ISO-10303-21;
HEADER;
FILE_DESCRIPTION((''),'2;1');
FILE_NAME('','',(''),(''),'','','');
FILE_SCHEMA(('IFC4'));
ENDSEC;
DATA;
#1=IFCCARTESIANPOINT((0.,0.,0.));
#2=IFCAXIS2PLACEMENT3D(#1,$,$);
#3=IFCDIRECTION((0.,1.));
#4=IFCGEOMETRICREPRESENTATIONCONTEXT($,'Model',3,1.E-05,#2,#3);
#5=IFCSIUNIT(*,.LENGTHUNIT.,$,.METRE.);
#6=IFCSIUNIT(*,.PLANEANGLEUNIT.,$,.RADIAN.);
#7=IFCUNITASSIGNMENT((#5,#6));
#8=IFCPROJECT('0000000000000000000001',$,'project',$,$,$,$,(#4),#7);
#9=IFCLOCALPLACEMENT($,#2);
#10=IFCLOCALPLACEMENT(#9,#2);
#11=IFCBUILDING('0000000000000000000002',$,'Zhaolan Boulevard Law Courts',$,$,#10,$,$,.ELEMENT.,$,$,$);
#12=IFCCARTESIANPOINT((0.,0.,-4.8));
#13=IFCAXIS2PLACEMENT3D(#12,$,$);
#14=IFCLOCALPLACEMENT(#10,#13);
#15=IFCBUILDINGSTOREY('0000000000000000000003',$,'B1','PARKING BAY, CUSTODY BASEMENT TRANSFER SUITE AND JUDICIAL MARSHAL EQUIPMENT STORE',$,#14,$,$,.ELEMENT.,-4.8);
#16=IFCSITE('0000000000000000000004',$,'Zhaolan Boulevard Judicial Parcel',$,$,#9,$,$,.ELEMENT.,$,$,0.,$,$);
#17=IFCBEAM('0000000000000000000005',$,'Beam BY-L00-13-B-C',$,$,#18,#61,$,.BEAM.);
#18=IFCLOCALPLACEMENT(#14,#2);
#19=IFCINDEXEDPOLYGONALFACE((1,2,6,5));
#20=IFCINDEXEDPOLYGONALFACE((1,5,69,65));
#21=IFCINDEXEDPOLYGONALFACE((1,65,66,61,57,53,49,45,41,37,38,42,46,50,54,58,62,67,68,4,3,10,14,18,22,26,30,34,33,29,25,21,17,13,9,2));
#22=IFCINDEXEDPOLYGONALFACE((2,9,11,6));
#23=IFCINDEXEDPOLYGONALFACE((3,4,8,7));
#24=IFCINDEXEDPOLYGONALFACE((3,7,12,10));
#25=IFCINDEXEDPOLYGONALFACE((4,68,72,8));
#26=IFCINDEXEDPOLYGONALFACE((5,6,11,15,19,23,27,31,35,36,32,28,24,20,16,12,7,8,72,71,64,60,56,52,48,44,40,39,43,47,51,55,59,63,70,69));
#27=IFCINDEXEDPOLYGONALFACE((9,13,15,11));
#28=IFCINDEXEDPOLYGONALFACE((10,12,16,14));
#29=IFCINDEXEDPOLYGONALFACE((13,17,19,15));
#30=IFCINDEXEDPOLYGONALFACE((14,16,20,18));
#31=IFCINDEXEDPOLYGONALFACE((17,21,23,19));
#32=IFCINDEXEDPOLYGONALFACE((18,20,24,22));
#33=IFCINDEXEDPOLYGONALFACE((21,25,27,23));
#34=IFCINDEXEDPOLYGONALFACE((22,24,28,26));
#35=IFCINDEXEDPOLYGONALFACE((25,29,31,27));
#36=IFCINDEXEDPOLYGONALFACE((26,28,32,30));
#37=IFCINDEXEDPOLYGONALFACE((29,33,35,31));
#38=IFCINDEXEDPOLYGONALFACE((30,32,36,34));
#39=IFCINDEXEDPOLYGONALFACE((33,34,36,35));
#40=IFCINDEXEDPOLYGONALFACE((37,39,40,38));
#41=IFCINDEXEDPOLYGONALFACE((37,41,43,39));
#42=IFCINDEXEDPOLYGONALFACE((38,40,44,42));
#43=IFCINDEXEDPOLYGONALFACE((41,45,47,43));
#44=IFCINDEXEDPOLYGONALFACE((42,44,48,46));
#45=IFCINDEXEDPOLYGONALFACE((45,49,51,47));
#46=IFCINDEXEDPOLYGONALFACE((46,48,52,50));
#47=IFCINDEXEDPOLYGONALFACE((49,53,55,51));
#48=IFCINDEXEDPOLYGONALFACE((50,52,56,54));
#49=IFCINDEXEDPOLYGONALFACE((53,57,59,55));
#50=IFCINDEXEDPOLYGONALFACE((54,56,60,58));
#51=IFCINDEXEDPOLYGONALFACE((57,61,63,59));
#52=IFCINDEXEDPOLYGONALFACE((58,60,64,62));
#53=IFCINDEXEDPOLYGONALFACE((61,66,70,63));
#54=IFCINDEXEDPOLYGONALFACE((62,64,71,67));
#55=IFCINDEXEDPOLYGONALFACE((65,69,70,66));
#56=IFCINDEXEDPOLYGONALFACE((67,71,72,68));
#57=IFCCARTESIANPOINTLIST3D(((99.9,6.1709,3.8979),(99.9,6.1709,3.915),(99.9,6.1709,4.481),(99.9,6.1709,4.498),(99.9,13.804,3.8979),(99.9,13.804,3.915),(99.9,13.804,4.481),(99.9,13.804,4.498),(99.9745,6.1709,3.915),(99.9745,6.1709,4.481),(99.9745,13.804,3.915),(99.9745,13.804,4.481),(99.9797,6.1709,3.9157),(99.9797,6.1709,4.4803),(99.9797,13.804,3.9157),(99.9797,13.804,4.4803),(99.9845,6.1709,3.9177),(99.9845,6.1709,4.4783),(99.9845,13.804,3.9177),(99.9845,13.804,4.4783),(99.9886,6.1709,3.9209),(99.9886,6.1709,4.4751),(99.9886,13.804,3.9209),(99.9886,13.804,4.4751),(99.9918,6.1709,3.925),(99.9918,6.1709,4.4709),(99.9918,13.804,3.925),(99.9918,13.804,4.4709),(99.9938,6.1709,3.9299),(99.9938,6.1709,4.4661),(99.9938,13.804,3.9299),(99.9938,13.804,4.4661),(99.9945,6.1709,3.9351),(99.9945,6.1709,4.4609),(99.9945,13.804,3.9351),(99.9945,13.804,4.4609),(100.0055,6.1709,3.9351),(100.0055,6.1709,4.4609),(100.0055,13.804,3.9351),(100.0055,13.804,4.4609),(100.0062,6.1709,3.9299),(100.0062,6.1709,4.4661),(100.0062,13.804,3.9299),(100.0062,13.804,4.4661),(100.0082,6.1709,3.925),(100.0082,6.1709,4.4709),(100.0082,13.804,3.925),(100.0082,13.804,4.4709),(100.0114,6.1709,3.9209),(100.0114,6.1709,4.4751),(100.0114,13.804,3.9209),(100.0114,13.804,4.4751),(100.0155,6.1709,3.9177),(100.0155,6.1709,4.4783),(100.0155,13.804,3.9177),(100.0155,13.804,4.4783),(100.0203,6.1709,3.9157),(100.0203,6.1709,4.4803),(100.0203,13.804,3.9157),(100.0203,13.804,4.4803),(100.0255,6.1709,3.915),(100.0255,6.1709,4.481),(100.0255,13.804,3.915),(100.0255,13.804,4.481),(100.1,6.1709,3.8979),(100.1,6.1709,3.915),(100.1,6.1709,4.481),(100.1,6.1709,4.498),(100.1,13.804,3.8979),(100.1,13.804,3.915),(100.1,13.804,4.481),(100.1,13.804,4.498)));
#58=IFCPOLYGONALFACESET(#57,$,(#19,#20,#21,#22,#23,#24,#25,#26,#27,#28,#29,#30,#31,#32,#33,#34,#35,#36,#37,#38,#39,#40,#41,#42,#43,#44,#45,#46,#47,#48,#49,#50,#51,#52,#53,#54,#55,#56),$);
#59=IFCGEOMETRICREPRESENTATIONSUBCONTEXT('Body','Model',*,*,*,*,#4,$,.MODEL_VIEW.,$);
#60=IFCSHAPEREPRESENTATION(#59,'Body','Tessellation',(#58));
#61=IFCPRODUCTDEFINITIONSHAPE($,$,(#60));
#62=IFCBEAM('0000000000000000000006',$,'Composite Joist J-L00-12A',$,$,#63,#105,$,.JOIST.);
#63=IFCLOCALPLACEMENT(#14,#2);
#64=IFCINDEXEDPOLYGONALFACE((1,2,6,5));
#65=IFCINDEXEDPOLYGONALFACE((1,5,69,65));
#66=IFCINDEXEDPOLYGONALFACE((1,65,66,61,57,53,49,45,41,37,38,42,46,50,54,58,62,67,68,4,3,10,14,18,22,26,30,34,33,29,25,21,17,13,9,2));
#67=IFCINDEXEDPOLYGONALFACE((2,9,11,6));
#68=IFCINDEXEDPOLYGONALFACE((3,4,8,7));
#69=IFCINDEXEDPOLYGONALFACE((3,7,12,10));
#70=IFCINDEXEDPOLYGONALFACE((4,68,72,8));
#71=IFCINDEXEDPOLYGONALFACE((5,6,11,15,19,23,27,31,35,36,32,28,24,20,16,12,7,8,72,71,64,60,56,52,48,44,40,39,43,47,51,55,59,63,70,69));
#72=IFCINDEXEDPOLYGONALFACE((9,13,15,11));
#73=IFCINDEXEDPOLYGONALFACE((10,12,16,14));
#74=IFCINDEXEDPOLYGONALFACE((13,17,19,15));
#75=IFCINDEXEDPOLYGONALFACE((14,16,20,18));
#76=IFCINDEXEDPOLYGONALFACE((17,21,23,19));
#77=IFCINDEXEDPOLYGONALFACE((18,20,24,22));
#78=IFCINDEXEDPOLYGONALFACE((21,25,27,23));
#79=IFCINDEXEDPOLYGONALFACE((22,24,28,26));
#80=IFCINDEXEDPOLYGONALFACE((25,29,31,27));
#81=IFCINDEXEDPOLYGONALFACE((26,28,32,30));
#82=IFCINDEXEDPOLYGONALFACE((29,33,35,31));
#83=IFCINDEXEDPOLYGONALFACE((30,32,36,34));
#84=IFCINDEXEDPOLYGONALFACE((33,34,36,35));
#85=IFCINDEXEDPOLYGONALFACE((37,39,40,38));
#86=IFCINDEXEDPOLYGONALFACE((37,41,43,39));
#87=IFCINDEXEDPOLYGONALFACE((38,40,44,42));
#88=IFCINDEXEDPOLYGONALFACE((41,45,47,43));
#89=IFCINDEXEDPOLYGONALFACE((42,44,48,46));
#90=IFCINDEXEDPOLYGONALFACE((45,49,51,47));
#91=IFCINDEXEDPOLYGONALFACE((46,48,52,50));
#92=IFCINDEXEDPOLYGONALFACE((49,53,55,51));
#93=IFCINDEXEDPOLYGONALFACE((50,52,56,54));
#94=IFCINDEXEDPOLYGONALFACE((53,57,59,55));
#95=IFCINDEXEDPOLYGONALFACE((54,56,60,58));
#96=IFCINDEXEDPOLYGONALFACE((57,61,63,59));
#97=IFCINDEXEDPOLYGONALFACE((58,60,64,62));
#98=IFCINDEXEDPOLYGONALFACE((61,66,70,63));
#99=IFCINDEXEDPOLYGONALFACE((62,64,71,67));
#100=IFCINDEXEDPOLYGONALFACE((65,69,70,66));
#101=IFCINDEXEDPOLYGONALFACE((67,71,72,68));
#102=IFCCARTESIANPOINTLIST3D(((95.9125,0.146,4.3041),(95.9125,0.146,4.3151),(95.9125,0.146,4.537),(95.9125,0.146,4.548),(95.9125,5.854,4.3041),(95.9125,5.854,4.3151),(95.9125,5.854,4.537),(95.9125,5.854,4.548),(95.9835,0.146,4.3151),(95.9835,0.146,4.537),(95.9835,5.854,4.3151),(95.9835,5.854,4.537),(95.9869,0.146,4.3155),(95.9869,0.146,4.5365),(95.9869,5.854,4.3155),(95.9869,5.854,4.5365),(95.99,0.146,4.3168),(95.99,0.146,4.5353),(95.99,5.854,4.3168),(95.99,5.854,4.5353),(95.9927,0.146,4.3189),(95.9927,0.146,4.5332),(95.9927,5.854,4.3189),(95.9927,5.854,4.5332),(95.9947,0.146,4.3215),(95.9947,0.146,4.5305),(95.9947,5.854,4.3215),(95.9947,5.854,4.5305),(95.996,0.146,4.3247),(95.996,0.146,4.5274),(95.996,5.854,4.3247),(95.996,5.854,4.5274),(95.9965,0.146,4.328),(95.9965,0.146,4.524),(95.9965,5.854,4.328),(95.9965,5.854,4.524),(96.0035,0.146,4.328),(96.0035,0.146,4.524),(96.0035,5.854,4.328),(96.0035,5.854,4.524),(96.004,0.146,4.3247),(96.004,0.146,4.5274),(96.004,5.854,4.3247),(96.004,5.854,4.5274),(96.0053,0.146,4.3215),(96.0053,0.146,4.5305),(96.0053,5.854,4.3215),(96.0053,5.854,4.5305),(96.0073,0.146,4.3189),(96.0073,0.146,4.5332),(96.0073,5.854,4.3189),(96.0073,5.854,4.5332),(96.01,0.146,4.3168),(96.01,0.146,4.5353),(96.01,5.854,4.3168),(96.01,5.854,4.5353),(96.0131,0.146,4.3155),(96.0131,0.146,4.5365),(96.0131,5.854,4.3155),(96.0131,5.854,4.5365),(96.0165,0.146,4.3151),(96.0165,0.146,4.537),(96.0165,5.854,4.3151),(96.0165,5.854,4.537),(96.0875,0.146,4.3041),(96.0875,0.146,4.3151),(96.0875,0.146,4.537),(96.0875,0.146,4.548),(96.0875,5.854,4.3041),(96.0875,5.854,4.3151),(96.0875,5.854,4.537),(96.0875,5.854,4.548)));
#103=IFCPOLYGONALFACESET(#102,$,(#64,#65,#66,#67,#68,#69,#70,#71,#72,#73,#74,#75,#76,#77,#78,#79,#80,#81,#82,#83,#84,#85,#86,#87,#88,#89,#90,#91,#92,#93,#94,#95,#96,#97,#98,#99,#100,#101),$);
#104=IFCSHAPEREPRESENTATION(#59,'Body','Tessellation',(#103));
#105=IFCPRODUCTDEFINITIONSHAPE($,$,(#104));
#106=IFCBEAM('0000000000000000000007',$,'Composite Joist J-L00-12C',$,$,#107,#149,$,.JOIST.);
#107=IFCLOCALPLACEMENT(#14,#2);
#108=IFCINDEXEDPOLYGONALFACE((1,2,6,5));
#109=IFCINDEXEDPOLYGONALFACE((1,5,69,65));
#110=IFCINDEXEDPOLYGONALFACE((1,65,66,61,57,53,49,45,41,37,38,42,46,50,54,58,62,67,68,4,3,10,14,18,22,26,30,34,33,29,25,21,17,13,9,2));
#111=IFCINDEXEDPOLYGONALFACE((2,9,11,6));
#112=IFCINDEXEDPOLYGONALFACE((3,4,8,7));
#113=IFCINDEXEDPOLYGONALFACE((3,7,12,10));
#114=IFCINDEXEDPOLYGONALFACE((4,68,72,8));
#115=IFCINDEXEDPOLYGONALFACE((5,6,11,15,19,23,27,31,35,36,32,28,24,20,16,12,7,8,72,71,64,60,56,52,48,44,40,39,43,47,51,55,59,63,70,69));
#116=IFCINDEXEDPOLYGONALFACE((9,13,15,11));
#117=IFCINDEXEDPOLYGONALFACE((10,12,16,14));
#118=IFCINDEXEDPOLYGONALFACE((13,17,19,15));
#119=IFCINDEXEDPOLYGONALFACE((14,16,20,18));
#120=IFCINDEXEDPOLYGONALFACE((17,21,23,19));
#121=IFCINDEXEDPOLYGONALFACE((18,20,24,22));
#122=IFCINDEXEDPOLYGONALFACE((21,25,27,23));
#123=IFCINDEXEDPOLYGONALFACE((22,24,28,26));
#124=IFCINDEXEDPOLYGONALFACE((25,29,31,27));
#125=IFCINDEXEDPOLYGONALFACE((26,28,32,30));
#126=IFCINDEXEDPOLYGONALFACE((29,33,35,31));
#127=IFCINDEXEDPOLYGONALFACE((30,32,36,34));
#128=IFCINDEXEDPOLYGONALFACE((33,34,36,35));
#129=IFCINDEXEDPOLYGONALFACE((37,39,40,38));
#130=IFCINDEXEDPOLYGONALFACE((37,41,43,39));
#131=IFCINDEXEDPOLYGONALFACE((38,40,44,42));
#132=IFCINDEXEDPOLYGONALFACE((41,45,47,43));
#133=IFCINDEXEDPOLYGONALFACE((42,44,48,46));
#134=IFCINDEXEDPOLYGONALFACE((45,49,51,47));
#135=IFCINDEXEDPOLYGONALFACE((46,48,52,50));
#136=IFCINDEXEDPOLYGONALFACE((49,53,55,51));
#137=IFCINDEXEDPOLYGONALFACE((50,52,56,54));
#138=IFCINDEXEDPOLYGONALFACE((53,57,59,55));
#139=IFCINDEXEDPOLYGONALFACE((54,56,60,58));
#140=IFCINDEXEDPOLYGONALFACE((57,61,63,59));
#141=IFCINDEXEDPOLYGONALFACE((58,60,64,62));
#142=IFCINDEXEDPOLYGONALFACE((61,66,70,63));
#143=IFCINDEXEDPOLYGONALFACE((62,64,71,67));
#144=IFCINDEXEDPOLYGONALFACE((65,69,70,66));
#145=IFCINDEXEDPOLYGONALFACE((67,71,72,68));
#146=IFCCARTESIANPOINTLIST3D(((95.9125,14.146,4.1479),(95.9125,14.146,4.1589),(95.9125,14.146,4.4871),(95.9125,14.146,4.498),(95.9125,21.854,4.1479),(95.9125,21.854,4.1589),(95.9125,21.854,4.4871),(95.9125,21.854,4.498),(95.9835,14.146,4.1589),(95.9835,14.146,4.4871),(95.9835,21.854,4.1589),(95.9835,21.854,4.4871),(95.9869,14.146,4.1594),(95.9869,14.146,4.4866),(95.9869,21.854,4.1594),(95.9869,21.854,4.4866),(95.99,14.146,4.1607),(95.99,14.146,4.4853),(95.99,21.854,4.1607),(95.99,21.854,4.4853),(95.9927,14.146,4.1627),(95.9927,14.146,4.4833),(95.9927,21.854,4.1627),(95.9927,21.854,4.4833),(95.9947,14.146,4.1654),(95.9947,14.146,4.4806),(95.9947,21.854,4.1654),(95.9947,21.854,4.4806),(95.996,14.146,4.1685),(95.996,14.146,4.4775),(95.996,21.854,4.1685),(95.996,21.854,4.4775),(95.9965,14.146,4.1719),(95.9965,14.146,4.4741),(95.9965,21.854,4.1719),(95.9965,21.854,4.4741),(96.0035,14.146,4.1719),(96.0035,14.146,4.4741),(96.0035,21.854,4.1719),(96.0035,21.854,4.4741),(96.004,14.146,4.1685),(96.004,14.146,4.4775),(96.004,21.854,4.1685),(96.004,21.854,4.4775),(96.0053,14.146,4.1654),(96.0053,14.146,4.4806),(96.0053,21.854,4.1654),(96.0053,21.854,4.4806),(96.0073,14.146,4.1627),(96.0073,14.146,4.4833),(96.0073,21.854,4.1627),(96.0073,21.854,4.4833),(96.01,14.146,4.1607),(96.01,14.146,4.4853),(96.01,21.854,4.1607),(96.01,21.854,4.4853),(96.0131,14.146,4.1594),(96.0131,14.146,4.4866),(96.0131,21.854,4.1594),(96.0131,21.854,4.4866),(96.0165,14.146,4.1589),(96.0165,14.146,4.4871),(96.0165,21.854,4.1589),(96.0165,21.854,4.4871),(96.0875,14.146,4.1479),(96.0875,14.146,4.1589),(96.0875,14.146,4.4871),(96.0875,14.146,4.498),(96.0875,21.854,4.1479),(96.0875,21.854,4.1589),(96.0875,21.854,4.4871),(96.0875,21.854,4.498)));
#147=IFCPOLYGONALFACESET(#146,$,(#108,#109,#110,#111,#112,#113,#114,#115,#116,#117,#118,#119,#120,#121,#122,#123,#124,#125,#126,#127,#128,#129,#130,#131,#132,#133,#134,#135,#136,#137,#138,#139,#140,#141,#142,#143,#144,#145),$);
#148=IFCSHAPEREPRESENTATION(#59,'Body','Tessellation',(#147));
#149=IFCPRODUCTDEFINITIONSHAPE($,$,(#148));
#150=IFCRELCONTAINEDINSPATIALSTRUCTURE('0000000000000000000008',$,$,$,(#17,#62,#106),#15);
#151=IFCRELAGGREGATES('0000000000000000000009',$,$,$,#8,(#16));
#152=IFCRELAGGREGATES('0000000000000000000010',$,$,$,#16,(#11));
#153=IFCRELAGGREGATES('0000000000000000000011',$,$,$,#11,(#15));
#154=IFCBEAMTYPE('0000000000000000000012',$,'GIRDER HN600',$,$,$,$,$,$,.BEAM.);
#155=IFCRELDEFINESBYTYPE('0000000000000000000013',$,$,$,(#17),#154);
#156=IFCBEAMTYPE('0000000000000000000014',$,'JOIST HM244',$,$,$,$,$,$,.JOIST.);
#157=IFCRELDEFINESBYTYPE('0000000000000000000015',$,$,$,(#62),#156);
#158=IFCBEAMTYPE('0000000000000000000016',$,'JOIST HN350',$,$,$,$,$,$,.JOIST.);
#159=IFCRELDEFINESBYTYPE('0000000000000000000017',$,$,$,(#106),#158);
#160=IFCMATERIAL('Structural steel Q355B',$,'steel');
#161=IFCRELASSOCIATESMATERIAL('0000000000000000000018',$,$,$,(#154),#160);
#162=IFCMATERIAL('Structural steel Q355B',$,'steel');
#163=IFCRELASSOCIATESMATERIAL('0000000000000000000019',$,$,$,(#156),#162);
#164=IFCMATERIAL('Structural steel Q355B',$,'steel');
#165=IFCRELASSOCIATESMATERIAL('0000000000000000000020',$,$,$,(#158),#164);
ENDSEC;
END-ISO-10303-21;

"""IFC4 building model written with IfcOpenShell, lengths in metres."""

from ifc_helpers import new_model, si_unit, direction, frame, origin, origin_2d, place, context, subcontext, project, spatial, i_section, extrude, material, material_profile, profile_set, type_object, element, save


model = new_model("IFC4")

# Units and contexts
model_context = context("Model", 3, precision=1e-05, world=origin(), true_north=direction((0.0, 1.0)))
body_context = subcontext(model_context, "Body", "Model", "MODEL_VIEW")
ifc_project = project(units=[si_unit("LENGTHUNIT", "METRE"), si_unit("PLANEANGLEUNIT", "RADIAN")], contexts=[model_context])

# Site, building, storey
site_placement = place(None, origin())
site = spatial("IfcSite", under=ifc_project, at=site_placement, Name="Zhaolan Boulevard Judicial Parcel", CompositionType="ELEMENT", RefElevation=0.0)
building_placement = place(site_placement, origin())
building = spatial("IfcBuilding", under=site, at=building_placement, Name="Zhaolan Boulevard Law Courts", CompositionType="ELEMENT")
storey_placement = place(building_placement, frame((0.0, 0.0, -4.8)))
storey = spatial("IfcBuildingStorey", under=building, at=storey_placement, Name="B1", Description="PARKING BAY, CUSTODY BASEMENT TRANSFER SUITE AND JUDICIAL MARSHAL EQUIPMENT STORE", CompositionType="ELEMENT", Elevation=-4.8)

# Beams
ifc_material_1 = material(Name="Structural steel Q355B", Category="steel")
ifc_material_profile_1 = material_profile(ifc_material_1, i_section(OverallWidth=0.2, OverallDepth=0.6001, WebThickness=0.011, FlangeThickness=0.0171, FilletRadius=0.02, at=origin_2d()), Name="HN600x200")
ifc_profile_set_1 = profile_set([ifc_material_profile_1], Name="Structural steel Q355B")
beam_type_1 = type_object("IfcBeamType", Name="GIRDER HN600", PredefinedType="BEAM", material=ifc_profile_set_1)
beam_1_placement = place(storey_placement, frame((100.0, 6.1709, 4.198), z_axis=(0.0, 1.0, 0.0), x_axis=(-1.0, 0.0, 0.0)))
element("IfcBeam", 1, at=beam_1_placement, inside=storey, type_object=beam_type_1, Name="Beam BY-L00-13-B-C", PredefinedType="BEAM", context=body_context, shape_type="SweptSolid", body=[
    extrude(i_section(OverallWidth=0.2, OverallDepth=0.6001, WebThickness=0.011, FlangeThickness=0.0171, FilletRadius=0.02, at=origin_2d()), origin(), (0.0, 0.0, 1.0), 7.6331),
])
ifc_material_2 = material(Name="Structural steel Q355B", Category="steel")
ifc_material_profile_2 = material_profile(ifc_material_2, i_section(OverallWidth=0.175, OverallDepth=0.2439, WebThickness=0.0071, FlangeThickness=0.011, FilletRadius=0.0129, at=origin_2d()), Name="HM244x175")
ifc_profile_set_2 = profile_set([ifc_material_profile_2], Name="Structural steel Q355B")
beam_type_2 = type_object("IfcBeamType", Name="JOIST HM244", PredefinedType="JOIST", material=ifc_profile_set_2)
beam_2_placement = place(storey_placement, frame((96.0, 0.146, 4.426), z_axis=(0.0, 1.0, 0.0), x_axis=(-1.0, 0.0, 0.0)))
element("IfcBeam", 2, at=beam_2_placement, inside=storey, type_object=beam_type_2, Name="Composite Joist J-L00-12A", PredefinedType="JOIST", context=body_context, shape_type="SweptSolid", body=[
    extrude(i_section(OverallWidth=0.175, OverallDepth=0.2439, WebThickness=0.0071, FlangeThickness=0.011, FilletRadius=0.0129, at=origin_2d()), origin(), (0.0, 0.0, 1.0), 5.708),
])
ifc_material_3 = material(Name="Structural steel Q355B", Category="steel")
ifc_material_profile_3 = material_profile(ifc_material_3, i_section(OverallWidth=0.175, OverallDepth=0.3501, WebThickness=0.0071, FlangeThickness=0.011, FilletRadius=0.0129, at=origin_2d()), Name="HN350x175")
ifc_profile_set_3 = profile_set([ifc_material_profile_3], Name="Structural steel Q355B")
beam_type_3 = type_object("IfcBeamType", Name="JOIST HN350", PredefinedType="JOIST", material=ifc_profile_set_3)
beam_3_placement = place(storey_placement, frame((96.0, 14.146, 4.323), z_axis=(0.0, 1.0, 0.0), x_axis=(-1.0, 0.0, 0.0)))
element("IfcBeam", 3, at=beam_3_placement, inside=storey, type_object=beam_type_3, Name="Composite Joist J-L00-12C", PredefinedType="JOIST", context=body_context, shape_type="SweptSolid", body=[
    extrude(i_section(OverallWidth=0.175, OverallDepth=0.3501, WebThickness=0.0071, FlangeThickness=0.011, FilletRadius=0.0129, at=origin_2d()), origin(), (0.0, 0.0, 1.0), 7.708),
])

save(model, "model.ifc")
